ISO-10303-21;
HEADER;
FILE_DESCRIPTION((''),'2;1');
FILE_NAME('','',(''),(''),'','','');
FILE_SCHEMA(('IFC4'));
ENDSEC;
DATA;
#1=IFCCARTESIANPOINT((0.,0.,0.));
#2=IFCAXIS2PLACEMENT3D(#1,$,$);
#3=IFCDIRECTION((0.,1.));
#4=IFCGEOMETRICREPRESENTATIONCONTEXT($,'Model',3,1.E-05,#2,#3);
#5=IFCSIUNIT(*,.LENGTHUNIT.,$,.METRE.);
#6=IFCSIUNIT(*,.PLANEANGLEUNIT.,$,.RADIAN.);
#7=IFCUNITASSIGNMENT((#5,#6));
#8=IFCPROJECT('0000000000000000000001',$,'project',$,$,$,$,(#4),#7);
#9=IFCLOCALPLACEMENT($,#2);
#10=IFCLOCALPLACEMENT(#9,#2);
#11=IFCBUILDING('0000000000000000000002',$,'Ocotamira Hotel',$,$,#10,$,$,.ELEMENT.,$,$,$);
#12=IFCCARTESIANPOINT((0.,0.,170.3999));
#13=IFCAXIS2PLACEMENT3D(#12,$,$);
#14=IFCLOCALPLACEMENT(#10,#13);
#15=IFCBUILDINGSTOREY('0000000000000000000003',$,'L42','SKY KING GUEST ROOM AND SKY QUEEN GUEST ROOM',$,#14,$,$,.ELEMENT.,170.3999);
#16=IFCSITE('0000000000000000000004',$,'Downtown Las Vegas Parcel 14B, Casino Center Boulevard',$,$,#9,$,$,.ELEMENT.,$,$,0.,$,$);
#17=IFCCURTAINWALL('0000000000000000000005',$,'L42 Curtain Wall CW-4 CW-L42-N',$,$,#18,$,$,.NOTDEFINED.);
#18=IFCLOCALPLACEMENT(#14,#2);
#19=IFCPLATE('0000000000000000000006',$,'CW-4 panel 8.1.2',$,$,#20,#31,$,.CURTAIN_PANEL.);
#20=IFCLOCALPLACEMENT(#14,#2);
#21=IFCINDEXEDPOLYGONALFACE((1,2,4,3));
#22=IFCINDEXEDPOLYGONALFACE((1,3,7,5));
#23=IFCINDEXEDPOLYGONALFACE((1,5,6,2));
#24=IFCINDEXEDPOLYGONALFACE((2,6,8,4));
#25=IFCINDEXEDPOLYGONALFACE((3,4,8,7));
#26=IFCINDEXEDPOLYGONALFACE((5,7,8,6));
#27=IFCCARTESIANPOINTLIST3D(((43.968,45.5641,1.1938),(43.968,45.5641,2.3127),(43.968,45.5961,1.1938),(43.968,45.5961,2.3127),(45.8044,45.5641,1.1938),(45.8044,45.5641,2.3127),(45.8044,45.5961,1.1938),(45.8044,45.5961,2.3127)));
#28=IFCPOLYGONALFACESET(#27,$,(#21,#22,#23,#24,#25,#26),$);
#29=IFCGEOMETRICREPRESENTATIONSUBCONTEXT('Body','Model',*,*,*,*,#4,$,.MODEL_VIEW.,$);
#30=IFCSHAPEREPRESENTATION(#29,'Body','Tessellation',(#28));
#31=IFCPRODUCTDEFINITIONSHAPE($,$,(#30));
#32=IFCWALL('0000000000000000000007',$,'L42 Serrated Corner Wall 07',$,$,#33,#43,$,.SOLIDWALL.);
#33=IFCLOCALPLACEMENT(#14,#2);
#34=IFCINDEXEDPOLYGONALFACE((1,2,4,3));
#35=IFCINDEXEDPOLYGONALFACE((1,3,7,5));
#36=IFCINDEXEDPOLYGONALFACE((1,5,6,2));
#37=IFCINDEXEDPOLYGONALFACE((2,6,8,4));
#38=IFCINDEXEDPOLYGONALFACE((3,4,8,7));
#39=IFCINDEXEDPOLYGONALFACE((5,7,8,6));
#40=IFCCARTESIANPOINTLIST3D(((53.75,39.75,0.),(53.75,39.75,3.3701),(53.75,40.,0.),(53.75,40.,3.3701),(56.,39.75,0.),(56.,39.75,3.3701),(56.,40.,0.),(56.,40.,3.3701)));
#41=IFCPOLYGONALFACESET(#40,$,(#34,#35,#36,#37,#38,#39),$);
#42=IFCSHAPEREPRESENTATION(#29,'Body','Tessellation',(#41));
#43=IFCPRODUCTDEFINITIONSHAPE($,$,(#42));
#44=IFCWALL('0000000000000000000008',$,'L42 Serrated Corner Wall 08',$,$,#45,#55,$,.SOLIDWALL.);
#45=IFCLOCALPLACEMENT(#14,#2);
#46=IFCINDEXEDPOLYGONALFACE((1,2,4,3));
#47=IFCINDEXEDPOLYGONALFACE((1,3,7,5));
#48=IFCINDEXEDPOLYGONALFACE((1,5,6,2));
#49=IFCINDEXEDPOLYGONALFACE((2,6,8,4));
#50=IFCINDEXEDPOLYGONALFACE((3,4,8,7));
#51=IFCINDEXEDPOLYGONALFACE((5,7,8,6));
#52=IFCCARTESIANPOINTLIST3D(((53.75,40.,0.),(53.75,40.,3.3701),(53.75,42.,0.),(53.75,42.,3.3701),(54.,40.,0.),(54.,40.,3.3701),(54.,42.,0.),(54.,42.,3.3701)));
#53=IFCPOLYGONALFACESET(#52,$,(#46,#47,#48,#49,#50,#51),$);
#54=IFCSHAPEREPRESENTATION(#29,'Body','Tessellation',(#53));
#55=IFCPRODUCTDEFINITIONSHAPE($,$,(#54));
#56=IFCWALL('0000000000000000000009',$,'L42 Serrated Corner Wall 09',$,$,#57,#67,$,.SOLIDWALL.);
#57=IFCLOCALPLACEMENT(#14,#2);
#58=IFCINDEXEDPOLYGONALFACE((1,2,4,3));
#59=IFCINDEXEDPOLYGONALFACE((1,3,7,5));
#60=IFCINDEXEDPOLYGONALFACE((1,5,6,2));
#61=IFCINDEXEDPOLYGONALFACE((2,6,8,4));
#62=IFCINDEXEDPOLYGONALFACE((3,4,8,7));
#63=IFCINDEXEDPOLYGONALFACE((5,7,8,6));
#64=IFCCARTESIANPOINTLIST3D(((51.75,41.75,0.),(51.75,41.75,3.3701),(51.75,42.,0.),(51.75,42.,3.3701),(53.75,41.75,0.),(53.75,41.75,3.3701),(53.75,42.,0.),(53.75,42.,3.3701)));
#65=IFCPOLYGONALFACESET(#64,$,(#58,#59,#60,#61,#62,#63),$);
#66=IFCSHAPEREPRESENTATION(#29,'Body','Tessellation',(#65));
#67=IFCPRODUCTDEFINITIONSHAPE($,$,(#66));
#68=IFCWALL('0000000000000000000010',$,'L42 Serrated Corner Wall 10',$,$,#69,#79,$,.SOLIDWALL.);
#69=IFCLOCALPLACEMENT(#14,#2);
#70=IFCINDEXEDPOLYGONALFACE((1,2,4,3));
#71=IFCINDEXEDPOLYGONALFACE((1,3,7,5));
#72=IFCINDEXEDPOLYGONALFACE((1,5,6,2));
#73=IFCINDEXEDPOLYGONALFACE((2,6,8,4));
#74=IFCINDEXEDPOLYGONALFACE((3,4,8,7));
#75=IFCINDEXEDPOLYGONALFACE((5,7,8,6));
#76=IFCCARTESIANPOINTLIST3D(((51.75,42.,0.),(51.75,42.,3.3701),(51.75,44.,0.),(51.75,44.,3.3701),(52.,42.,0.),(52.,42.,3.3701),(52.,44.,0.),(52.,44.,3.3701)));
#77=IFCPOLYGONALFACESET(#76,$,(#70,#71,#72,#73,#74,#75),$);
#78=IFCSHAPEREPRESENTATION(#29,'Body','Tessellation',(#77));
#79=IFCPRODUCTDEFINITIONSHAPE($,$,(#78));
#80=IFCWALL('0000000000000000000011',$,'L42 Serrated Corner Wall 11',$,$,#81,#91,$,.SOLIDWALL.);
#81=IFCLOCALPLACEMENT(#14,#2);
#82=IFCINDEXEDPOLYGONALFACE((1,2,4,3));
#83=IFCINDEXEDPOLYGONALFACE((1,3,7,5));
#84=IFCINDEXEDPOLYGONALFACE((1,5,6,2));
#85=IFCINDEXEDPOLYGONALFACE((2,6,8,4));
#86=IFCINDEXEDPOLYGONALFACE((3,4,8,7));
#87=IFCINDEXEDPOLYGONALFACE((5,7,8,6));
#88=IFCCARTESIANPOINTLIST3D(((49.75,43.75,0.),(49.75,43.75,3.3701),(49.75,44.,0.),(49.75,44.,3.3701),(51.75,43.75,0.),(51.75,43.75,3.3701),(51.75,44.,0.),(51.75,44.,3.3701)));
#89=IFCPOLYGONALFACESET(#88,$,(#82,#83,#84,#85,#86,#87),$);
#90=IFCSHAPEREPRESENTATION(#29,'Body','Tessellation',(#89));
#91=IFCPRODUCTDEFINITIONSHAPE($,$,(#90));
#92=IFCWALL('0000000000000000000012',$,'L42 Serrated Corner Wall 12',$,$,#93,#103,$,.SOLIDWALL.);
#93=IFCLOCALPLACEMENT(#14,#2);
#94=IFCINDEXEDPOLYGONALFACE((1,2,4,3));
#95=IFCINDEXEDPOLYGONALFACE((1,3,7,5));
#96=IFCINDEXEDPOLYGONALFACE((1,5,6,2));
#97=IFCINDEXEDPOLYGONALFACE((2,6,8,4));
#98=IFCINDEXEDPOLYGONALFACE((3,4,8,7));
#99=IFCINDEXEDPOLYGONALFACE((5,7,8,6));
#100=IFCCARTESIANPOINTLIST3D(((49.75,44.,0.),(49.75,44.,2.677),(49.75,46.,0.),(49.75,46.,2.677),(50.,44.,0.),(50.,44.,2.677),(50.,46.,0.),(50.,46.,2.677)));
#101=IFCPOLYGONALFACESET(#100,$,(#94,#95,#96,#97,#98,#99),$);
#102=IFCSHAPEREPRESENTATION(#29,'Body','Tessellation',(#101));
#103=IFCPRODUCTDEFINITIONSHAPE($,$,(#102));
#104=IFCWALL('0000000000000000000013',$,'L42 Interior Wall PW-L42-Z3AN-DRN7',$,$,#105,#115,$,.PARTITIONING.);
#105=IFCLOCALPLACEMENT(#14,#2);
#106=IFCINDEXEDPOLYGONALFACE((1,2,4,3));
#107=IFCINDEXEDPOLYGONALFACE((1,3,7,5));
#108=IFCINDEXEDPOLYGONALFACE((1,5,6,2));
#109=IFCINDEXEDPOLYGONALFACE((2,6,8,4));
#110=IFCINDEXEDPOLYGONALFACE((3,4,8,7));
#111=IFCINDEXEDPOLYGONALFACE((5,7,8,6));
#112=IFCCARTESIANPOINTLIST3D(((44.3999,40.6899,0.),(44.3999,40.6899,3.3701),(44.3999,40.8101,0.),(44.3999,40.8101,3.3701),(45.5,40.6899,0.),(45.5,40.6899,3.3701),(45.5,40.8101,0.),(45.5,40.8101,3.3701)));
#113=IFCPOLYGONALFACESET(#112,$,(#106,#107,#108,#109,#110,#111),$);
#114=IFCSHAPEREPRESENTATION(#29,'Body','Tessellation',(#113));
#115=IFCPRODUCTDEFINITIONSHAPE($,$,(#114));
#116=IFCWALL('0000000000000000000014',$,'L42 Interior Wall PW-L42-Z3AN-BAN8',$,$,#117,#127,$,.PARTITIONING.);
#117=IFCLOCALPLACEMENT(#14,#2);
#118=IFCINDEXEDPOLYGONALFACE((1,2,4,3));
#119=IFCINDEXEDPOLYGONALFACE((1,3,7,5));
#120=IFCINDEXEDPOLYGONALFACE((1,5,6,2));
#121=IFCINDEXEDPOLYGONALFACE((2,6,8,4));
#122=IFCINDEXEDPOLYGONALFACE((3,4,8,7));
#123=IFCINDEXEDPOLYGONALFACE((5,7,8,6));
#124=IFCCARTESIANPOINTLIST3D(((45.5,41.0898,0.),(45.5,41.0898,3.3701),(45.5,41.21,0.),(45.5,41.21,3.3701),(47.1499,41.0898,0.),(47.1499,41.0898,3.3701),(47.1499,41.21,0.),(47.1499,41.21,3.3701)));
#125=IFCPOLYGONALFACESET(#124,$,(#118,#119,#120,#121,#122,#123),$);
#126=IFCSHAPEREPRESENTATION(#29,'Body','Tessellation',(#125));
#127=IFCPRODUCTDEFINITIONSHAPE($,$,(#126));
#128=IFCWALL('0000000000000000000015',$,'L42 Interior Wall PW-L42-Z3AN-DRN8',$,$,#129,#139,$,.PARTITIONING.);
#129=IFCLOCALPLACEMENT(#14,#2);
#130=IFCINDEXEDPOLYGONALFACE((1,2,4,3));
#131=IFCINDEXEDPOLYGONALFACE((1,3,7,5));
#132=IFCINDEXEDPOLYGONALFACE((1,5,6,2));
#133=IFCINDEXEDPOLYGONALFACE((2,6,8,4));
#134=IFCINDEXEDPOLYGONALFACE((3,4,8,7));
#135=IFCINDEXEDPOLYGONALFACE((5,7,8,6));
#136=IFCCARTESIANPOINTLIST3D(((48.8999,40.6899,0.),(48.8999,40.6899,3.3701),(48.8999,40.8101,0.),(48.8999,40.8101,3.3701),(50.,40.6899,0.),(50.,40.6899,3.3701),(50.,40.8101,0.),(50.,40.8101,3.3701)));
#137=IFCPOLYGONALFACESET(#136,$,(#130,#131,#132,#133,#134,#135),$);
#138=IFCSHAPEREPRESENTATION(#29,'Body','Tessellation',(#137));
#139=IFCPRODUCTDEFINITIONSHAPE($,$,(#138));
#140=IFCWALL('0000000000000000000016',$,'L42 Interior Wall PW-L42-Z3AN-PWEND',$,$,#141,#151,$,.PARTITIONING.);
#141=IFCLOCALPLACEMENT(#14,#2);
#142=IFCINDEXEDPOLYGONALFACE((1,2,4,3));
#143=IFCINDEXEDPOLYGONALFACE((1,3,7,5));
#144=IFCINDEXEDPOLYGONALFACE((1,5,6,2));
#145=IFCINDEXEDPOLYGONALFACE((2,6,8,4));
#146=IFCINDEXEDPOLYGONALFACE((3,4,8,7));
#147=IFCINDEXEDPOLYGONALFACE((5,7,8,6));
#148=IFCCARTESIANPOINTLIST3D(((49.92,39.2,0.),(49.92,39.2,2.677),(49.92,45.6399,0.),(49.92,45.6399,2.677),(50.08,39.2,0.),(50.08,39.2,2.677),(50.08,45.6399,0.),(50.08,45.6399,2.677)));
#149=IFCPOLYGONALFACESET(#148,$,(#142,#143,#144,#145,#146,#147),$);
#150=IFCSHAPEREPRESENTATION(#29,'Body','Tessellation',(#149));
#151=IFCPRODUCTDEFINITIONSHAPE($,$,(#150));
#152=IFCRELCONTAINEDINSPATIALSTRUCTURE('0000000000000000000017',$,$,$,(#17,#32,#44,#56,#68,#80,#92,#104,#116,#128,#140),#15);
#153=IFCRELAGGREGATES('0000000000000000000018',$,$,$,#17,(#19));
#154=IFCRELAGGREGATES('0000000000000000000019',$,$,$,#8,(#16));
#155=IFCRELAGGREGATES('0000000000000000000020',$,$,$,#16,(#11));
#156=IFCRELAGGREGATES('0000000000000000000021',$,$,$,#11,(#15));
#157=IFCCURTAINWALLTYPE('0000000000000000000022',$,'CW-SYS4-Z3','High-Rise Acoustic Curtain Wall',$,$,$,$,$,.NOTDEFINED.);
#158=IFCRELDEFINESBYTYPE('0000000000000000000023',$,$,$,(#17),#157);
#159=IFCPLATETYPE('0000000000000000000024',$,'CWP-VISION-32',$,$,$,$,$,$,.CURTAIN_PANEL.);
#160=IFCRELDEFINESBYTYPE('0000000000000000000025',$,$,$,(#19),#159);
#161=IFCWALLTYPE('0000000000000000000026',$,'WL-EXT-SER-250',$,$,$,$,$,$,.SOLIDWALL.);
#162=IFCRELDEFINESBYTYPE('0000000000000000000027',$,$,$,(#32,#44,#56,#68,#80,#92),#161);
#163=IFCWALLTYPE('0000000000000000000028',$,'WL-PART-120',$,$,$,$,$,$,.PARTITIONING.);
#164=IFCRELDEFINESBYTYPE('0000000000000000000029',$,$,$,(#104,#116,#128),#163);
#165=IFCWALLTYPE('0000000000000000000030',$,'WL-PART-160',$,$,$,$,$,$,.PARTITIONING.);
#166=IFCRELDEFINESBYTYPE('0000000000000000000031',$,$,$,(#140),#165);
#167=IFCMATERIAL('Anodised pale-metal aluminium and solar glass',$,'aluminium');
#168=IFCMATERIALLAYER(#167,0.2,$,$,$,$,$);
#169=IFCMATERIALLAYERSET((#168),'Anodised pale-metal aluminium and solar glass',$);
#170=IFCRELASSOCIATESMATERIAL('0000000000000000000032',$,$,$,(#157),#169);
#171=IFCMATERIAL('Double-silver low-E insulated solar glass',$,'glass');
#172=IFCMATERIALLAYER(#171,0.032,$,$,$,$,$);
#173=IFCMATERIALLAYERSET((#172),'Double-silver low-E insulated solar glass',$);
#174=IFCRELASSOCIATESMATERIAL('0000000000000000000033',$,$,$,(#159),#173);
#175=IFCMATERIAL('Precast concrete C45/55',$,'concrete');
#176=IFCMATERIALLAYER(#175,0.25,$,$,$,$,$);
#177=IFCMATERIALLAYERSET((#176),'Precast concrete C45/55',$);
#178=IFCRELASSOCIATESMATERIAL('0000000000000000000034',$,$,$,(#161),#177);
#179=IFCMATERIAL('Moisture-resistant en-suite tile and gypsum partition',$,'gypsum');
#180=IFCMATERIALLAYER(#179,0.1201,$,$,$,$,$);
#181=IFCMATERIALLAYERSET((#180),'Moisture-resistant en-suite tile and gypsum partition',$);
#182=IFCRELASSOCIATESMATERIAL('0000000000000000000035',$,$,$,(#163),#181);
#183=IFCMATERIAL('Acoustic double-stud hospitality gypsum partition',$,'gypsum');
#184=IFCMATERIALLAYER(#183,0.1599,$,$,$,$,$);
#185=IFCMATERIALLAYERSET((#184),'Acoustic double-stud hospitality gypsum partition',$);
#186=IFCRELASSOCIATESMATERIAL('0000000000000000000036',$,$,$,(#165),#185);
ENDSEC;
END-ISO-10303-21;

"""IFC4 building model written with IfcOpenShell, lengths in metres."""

from ifc_helpers import new_model, si_unit, direction, frame, frame_2d, origin, origin_2d, place, context, subcontext, project, spatial, rectangle, extrude, source, transform, mapped, material, layer, layer_set, type_object, element, aggregate, save


model = new_model("IFC4")

# Units and contexts
model_context = context("Model", 3, precision=1e-05, world=origin(), true_north=direction((0.0, 1.0)))
body_context = subcontext(model_context, "Body", "Model", "MODEL_VIEW")
ifc_project = project(units=[si_unit("LENGTHUNIT", "METRE"), si_unit("PLANEANGLEUNIT", "RADIAN")], contexts=[model_context])

# Site, building, storey
site_placement = place(None, origin())
site = spatial("IfcSite", under=ifc_project, at=site_placement, Name="Downtown Las Vegas Parcel 14B, Casino Center Boulevard", CompositionType="ELEMENT", RefElevation=0.0)
building_placement = place(site_placement, origin())
building = spatial("IfcBuilding", under=site, at=building_placement, Name="Ocotamira Hotel", CompositionType="ELEMENT")
storey_placement = place(building_placement, frame((0.0, 0.0, 170.3999)))
storey = spatial("IfcBuildingStorey", under=building, at=storey_placement, Name="L42", Description="SKY KING GUEST ROOM AND SKY QUEEN GUEST ROOM", CompositionType="ELEMENT", Elevation=170.3999)

# Curtain wall
ifc_material_1 = material(Name="Anodised pale-metal aluminium and solar glass", Category="aluminium")
ifc_layer_1 = layer(ifc_material_1, 0.2)
ifc_layer_set_1 = layer_set([ifc_layer_1], Name="Anodised pale-metal aluminium and solar glass")
curtain_wall_type = type_object("IfcCurtainWallType", Name="CW-SYS4-Z3", Description="High-Rise Acoustic Curtain Wall", PredefinedType="NOTDEFINED", material=ifc_layer_set_1)
curtain_wall_1_placement = place(storey_placement, origin())
curtain_wall_1 = element("IfcCurtainWall", 1, at=curtain_wall_1_placement, inside=storey, type_object=curtain_wall_type, Name="L42 Curtain Wall CW-4 CW-L42-N", PredefinedType="NOTDEFINED")

# Plate
ifc_material_2 = material(Name="Double-silver low-E insulated solar glass", Category="glass")
ifc_layer_2 = layer(ifc_material_2, 0.032)
ifc_layer_set_2 = layer_set([ifc_layer_2], Name="Double-silver low-E insulated solar glass")
plate_type_1 = type_object("IfcPlateType", Name="CWP-VISION-32", PredefinedType="CURTAIN_PANEL", material=ifc_layer_set_2)
shared_shape_1 = source(origin(), body_context, "Body", "SweptSolid", [
    extrude(rectangle(XDim=1.8364, YDim=0.032, at=origin_2d()), origin(), (0.0, 0.0, 1.0), 1.1189),
])
plate_1_placement = place(storey_placement, frame((44.8862, 45.5801, 1.1938), z_axis=(0.0, 0.0, 1.0), x_axis=(1.0, 0.0, 0.0)))
plate_1 = element("IfcPlate", 2, at=plate_1_placement, type_object=plate_type_1, Name="CW-4 panel 8.1.2", PredefinedType="CURTAIN_PANEL", context=body_context, shape_type="MappedRepresentation", body=[
    mapped(shared_shape_1, transform((0.0, 0.0, 0.0), scale=1.0)),
])
aggregate(curtain_wall_1, [plate_1])

# Walls
ifc_material_3 = material(Name="Precast concrete C45/55", Category="concrete")
ifc_layer_3 = layer(ifc_material_3, 0.25)
ifc_layer_set_3 = layer_set([ifc_layer_3], Name="Precast concrete C45/55")
wall_type_1 = type_object("IfcWallType", Name="WL-EXT-SER-250", PredefinedType="SOLIDWALL", material=ifc_layer_set_3)
wall_1_placement = place(storey_placement, frame((56.0, 39.875, 0.0), z_axis=(0.0, 0.0, 1.0), x_axis=(-1.0, 0.0, 0.0)))
element("IfcWall", 3, at=wall_1_placement, inside=storey, type_object=wall_type_1, Name="L42 Serrated Corner Wall 07", PredefinedType="SOLIDWALL", context=body_context, shape_type="SweptSolid", body=[
    extrude(rectangle(XDim=2.25, YDim=0.25, at=frame_2d((1.125, 0.0))), origin(), (0.0, 0.0, 1.0), 3.3701),
])
for number, where, z_axis, x_axis, name in (
    (4, (53.875, 40.0, 0.0), (0.0, 0.0, 1.0), (0.0, 1.0, 0.0), "L42 Serrated Corner Wall 08"),
    (5, (53.75, 41.875, 0.0), (0.0, 0.0, 1.0), (-1.0, 0.0, 0.0), "L42 Serrated Corner Wall 09"),
    (6, (51.875, 42.0, 0.0), (0.0, 0.0, 1.0), (0.0, 1.0, 0.0), "L42 Serrated Corner Wall 10"),
    (7, (51.75, 43.875, 0.0), (0.0, 0.0, 1.0), (-1.0, 0.0, 0.0), "L42 Serrated Corner Wall 11"),
):
    element("IfcWall", number, at=place(storey_placement, frame(where, z_axis=z_axis, x_axis=x_axis)), inside=storey, type_object=wall_type_1, Name=name, PredefinedType="SOLIDWALL", context=body_context, shape_type="SweptSolid", body=[
        extrude(rectangle(XDim=2.0, YDim=0.25, at=frame_2d((1.0, 0.0))), origin(), (0.0, 0.0, 1.0), 3.3701),
    ])
wall_2_placement = place(storey_placement, frame((49.875, 44.0, 0.0), z_axis=(0.0, 0.0, 1.0), x_axis=(0.0, 1.0, 0.0)))
element("IfcWall", 8, at=wall_2_placement, inside=storey, type_object=wall_type_1, Name="L42 Serrated Corner Wall 12", PredefinedType="SOLIDWALL", context=body_context, shape_type="SweptSolid", body=[
    extrude(rectangle(XDim=2.0, YDim=0.25, at=frame_2d((1.0, 0.0))), origin(), (0.0, 0.0, 1.0), 2.677),
])

# Walls
ifc_material_4 = material(Name="Moisture-resistant en-suite tile and gypsum partition", Category="gypsum")
ifc_layer_4 = layer(ifc_material_4, 0.1201)
ifc_layer_set_4 = layer_set([ifc_layer_4], Name="Moisture-resistant en-suite tile and gypsum partition")
wall_type_2 = type_object("IfcWallType", Name="WL-PART-120", PredefinedType="PARTITIONING", material=ifc_layer_set_4)
wall_3_placement = place(storey_placement, frame((44.3999, 40.75, 0.0), z_axis=(0.0, 0.0, 1.0), x_axis=(1.0, 0.0, 0.0)))
element("IfcWall", 9, at=wall_3_placement, inside=storey, type_object=wall_type_2, Name="L42 Interior Wall PW-L42-Z3AN-DRN7", PredefinedType="PARTITIONING", context=body_context, shape_type="SweptSolid", body=[
    extrude(rectangle(XDim=1.1001, YDim=0.1201, at=frame_2d((0.55, 0.0))), origin(), (0.0, 0.0, 1.0), 3.3701),
])
wall_4_placement = place(storey_placement, frame((45.5, 41.1499, 0.0), z_axis=(0.0, 0.0, 1.0), x_axis=(1.0, 0.0, 0.0)))
element("IfcWall", 10, at=wall_4_placement, inside=storey, type_object=wall_type_2, Name="L42 Interior Wall PW-L42-Z3AN-BAN8", PredefinedType="PARTITIONING", context=body_context, shape_type="SweptSolid", body=[
    extrude(rectangle(XDim=1.6499, YDim=0.1201, at=frame_2d((0.825, 0.0))), origin(), (0.0, 0.0, 1.0), 3.3701),
])
wall_5_placement = place(storey_placement, frame((48.8999, 40.75, 0.0), z_axis=(0.0, 0.0, 1.0), x_axis=(1.0, 0.0, 0.0)))
element("IfcWall", 11, at=wall_5_placement, inside=storey, type_object=wall_type_2, Name="L42 Interior Wall PW-L42-Z3AN-DRN8", PredefinedType="PARTITIONING", context=body_context, shape_type="SweptSolid", body=[
    extrude(rectangle(XDim=1.1001, YDim=0.1201, at=frame_2d((0.55, 0.0))), origin(), (0.0, 0.0, 1.0), 3.3701),
])
ifc_material_5 = material(Name="Acoustic double-stud hospitality gypsum partition", Category="gypsum")
ifc_layer_5 = layer(ifc_material_5, 0.1599)
ifc_layer_set_5 = layer_set([ifc_layer_5], Name="Acoustic double-stud hospitality gypsum partition")
wall_type_3 = type_object("IfcWallType", Name="WL-PART-160", PredefinedType="PARTITIONING", material=ifc_layer_set_5)
wall_6_placement = place(storey_placement, frame((50.0, 39.2, 0.0), z_axis=(0.0, 0.0, 1.0), x_axis=(0.0, 1.0, 0.0)))
element("IfcWall", 12, at=wall_6_placement, inside=storey, type_object=wall_type_3, Name="L42 Interior Wall PW-L42-Z3AN-PWEND", PredefinedType="PARTITIONING", context=body_context, shape_type="SweptSolid", body=[
    extrude(rectangle(XDim=6.4399, YDim=0.1599, at=frame_2d((3.22, 0.0))), origin(), (0.0, 0.0, 1.0), 2.677),
])

save(model, "model.ifc")
